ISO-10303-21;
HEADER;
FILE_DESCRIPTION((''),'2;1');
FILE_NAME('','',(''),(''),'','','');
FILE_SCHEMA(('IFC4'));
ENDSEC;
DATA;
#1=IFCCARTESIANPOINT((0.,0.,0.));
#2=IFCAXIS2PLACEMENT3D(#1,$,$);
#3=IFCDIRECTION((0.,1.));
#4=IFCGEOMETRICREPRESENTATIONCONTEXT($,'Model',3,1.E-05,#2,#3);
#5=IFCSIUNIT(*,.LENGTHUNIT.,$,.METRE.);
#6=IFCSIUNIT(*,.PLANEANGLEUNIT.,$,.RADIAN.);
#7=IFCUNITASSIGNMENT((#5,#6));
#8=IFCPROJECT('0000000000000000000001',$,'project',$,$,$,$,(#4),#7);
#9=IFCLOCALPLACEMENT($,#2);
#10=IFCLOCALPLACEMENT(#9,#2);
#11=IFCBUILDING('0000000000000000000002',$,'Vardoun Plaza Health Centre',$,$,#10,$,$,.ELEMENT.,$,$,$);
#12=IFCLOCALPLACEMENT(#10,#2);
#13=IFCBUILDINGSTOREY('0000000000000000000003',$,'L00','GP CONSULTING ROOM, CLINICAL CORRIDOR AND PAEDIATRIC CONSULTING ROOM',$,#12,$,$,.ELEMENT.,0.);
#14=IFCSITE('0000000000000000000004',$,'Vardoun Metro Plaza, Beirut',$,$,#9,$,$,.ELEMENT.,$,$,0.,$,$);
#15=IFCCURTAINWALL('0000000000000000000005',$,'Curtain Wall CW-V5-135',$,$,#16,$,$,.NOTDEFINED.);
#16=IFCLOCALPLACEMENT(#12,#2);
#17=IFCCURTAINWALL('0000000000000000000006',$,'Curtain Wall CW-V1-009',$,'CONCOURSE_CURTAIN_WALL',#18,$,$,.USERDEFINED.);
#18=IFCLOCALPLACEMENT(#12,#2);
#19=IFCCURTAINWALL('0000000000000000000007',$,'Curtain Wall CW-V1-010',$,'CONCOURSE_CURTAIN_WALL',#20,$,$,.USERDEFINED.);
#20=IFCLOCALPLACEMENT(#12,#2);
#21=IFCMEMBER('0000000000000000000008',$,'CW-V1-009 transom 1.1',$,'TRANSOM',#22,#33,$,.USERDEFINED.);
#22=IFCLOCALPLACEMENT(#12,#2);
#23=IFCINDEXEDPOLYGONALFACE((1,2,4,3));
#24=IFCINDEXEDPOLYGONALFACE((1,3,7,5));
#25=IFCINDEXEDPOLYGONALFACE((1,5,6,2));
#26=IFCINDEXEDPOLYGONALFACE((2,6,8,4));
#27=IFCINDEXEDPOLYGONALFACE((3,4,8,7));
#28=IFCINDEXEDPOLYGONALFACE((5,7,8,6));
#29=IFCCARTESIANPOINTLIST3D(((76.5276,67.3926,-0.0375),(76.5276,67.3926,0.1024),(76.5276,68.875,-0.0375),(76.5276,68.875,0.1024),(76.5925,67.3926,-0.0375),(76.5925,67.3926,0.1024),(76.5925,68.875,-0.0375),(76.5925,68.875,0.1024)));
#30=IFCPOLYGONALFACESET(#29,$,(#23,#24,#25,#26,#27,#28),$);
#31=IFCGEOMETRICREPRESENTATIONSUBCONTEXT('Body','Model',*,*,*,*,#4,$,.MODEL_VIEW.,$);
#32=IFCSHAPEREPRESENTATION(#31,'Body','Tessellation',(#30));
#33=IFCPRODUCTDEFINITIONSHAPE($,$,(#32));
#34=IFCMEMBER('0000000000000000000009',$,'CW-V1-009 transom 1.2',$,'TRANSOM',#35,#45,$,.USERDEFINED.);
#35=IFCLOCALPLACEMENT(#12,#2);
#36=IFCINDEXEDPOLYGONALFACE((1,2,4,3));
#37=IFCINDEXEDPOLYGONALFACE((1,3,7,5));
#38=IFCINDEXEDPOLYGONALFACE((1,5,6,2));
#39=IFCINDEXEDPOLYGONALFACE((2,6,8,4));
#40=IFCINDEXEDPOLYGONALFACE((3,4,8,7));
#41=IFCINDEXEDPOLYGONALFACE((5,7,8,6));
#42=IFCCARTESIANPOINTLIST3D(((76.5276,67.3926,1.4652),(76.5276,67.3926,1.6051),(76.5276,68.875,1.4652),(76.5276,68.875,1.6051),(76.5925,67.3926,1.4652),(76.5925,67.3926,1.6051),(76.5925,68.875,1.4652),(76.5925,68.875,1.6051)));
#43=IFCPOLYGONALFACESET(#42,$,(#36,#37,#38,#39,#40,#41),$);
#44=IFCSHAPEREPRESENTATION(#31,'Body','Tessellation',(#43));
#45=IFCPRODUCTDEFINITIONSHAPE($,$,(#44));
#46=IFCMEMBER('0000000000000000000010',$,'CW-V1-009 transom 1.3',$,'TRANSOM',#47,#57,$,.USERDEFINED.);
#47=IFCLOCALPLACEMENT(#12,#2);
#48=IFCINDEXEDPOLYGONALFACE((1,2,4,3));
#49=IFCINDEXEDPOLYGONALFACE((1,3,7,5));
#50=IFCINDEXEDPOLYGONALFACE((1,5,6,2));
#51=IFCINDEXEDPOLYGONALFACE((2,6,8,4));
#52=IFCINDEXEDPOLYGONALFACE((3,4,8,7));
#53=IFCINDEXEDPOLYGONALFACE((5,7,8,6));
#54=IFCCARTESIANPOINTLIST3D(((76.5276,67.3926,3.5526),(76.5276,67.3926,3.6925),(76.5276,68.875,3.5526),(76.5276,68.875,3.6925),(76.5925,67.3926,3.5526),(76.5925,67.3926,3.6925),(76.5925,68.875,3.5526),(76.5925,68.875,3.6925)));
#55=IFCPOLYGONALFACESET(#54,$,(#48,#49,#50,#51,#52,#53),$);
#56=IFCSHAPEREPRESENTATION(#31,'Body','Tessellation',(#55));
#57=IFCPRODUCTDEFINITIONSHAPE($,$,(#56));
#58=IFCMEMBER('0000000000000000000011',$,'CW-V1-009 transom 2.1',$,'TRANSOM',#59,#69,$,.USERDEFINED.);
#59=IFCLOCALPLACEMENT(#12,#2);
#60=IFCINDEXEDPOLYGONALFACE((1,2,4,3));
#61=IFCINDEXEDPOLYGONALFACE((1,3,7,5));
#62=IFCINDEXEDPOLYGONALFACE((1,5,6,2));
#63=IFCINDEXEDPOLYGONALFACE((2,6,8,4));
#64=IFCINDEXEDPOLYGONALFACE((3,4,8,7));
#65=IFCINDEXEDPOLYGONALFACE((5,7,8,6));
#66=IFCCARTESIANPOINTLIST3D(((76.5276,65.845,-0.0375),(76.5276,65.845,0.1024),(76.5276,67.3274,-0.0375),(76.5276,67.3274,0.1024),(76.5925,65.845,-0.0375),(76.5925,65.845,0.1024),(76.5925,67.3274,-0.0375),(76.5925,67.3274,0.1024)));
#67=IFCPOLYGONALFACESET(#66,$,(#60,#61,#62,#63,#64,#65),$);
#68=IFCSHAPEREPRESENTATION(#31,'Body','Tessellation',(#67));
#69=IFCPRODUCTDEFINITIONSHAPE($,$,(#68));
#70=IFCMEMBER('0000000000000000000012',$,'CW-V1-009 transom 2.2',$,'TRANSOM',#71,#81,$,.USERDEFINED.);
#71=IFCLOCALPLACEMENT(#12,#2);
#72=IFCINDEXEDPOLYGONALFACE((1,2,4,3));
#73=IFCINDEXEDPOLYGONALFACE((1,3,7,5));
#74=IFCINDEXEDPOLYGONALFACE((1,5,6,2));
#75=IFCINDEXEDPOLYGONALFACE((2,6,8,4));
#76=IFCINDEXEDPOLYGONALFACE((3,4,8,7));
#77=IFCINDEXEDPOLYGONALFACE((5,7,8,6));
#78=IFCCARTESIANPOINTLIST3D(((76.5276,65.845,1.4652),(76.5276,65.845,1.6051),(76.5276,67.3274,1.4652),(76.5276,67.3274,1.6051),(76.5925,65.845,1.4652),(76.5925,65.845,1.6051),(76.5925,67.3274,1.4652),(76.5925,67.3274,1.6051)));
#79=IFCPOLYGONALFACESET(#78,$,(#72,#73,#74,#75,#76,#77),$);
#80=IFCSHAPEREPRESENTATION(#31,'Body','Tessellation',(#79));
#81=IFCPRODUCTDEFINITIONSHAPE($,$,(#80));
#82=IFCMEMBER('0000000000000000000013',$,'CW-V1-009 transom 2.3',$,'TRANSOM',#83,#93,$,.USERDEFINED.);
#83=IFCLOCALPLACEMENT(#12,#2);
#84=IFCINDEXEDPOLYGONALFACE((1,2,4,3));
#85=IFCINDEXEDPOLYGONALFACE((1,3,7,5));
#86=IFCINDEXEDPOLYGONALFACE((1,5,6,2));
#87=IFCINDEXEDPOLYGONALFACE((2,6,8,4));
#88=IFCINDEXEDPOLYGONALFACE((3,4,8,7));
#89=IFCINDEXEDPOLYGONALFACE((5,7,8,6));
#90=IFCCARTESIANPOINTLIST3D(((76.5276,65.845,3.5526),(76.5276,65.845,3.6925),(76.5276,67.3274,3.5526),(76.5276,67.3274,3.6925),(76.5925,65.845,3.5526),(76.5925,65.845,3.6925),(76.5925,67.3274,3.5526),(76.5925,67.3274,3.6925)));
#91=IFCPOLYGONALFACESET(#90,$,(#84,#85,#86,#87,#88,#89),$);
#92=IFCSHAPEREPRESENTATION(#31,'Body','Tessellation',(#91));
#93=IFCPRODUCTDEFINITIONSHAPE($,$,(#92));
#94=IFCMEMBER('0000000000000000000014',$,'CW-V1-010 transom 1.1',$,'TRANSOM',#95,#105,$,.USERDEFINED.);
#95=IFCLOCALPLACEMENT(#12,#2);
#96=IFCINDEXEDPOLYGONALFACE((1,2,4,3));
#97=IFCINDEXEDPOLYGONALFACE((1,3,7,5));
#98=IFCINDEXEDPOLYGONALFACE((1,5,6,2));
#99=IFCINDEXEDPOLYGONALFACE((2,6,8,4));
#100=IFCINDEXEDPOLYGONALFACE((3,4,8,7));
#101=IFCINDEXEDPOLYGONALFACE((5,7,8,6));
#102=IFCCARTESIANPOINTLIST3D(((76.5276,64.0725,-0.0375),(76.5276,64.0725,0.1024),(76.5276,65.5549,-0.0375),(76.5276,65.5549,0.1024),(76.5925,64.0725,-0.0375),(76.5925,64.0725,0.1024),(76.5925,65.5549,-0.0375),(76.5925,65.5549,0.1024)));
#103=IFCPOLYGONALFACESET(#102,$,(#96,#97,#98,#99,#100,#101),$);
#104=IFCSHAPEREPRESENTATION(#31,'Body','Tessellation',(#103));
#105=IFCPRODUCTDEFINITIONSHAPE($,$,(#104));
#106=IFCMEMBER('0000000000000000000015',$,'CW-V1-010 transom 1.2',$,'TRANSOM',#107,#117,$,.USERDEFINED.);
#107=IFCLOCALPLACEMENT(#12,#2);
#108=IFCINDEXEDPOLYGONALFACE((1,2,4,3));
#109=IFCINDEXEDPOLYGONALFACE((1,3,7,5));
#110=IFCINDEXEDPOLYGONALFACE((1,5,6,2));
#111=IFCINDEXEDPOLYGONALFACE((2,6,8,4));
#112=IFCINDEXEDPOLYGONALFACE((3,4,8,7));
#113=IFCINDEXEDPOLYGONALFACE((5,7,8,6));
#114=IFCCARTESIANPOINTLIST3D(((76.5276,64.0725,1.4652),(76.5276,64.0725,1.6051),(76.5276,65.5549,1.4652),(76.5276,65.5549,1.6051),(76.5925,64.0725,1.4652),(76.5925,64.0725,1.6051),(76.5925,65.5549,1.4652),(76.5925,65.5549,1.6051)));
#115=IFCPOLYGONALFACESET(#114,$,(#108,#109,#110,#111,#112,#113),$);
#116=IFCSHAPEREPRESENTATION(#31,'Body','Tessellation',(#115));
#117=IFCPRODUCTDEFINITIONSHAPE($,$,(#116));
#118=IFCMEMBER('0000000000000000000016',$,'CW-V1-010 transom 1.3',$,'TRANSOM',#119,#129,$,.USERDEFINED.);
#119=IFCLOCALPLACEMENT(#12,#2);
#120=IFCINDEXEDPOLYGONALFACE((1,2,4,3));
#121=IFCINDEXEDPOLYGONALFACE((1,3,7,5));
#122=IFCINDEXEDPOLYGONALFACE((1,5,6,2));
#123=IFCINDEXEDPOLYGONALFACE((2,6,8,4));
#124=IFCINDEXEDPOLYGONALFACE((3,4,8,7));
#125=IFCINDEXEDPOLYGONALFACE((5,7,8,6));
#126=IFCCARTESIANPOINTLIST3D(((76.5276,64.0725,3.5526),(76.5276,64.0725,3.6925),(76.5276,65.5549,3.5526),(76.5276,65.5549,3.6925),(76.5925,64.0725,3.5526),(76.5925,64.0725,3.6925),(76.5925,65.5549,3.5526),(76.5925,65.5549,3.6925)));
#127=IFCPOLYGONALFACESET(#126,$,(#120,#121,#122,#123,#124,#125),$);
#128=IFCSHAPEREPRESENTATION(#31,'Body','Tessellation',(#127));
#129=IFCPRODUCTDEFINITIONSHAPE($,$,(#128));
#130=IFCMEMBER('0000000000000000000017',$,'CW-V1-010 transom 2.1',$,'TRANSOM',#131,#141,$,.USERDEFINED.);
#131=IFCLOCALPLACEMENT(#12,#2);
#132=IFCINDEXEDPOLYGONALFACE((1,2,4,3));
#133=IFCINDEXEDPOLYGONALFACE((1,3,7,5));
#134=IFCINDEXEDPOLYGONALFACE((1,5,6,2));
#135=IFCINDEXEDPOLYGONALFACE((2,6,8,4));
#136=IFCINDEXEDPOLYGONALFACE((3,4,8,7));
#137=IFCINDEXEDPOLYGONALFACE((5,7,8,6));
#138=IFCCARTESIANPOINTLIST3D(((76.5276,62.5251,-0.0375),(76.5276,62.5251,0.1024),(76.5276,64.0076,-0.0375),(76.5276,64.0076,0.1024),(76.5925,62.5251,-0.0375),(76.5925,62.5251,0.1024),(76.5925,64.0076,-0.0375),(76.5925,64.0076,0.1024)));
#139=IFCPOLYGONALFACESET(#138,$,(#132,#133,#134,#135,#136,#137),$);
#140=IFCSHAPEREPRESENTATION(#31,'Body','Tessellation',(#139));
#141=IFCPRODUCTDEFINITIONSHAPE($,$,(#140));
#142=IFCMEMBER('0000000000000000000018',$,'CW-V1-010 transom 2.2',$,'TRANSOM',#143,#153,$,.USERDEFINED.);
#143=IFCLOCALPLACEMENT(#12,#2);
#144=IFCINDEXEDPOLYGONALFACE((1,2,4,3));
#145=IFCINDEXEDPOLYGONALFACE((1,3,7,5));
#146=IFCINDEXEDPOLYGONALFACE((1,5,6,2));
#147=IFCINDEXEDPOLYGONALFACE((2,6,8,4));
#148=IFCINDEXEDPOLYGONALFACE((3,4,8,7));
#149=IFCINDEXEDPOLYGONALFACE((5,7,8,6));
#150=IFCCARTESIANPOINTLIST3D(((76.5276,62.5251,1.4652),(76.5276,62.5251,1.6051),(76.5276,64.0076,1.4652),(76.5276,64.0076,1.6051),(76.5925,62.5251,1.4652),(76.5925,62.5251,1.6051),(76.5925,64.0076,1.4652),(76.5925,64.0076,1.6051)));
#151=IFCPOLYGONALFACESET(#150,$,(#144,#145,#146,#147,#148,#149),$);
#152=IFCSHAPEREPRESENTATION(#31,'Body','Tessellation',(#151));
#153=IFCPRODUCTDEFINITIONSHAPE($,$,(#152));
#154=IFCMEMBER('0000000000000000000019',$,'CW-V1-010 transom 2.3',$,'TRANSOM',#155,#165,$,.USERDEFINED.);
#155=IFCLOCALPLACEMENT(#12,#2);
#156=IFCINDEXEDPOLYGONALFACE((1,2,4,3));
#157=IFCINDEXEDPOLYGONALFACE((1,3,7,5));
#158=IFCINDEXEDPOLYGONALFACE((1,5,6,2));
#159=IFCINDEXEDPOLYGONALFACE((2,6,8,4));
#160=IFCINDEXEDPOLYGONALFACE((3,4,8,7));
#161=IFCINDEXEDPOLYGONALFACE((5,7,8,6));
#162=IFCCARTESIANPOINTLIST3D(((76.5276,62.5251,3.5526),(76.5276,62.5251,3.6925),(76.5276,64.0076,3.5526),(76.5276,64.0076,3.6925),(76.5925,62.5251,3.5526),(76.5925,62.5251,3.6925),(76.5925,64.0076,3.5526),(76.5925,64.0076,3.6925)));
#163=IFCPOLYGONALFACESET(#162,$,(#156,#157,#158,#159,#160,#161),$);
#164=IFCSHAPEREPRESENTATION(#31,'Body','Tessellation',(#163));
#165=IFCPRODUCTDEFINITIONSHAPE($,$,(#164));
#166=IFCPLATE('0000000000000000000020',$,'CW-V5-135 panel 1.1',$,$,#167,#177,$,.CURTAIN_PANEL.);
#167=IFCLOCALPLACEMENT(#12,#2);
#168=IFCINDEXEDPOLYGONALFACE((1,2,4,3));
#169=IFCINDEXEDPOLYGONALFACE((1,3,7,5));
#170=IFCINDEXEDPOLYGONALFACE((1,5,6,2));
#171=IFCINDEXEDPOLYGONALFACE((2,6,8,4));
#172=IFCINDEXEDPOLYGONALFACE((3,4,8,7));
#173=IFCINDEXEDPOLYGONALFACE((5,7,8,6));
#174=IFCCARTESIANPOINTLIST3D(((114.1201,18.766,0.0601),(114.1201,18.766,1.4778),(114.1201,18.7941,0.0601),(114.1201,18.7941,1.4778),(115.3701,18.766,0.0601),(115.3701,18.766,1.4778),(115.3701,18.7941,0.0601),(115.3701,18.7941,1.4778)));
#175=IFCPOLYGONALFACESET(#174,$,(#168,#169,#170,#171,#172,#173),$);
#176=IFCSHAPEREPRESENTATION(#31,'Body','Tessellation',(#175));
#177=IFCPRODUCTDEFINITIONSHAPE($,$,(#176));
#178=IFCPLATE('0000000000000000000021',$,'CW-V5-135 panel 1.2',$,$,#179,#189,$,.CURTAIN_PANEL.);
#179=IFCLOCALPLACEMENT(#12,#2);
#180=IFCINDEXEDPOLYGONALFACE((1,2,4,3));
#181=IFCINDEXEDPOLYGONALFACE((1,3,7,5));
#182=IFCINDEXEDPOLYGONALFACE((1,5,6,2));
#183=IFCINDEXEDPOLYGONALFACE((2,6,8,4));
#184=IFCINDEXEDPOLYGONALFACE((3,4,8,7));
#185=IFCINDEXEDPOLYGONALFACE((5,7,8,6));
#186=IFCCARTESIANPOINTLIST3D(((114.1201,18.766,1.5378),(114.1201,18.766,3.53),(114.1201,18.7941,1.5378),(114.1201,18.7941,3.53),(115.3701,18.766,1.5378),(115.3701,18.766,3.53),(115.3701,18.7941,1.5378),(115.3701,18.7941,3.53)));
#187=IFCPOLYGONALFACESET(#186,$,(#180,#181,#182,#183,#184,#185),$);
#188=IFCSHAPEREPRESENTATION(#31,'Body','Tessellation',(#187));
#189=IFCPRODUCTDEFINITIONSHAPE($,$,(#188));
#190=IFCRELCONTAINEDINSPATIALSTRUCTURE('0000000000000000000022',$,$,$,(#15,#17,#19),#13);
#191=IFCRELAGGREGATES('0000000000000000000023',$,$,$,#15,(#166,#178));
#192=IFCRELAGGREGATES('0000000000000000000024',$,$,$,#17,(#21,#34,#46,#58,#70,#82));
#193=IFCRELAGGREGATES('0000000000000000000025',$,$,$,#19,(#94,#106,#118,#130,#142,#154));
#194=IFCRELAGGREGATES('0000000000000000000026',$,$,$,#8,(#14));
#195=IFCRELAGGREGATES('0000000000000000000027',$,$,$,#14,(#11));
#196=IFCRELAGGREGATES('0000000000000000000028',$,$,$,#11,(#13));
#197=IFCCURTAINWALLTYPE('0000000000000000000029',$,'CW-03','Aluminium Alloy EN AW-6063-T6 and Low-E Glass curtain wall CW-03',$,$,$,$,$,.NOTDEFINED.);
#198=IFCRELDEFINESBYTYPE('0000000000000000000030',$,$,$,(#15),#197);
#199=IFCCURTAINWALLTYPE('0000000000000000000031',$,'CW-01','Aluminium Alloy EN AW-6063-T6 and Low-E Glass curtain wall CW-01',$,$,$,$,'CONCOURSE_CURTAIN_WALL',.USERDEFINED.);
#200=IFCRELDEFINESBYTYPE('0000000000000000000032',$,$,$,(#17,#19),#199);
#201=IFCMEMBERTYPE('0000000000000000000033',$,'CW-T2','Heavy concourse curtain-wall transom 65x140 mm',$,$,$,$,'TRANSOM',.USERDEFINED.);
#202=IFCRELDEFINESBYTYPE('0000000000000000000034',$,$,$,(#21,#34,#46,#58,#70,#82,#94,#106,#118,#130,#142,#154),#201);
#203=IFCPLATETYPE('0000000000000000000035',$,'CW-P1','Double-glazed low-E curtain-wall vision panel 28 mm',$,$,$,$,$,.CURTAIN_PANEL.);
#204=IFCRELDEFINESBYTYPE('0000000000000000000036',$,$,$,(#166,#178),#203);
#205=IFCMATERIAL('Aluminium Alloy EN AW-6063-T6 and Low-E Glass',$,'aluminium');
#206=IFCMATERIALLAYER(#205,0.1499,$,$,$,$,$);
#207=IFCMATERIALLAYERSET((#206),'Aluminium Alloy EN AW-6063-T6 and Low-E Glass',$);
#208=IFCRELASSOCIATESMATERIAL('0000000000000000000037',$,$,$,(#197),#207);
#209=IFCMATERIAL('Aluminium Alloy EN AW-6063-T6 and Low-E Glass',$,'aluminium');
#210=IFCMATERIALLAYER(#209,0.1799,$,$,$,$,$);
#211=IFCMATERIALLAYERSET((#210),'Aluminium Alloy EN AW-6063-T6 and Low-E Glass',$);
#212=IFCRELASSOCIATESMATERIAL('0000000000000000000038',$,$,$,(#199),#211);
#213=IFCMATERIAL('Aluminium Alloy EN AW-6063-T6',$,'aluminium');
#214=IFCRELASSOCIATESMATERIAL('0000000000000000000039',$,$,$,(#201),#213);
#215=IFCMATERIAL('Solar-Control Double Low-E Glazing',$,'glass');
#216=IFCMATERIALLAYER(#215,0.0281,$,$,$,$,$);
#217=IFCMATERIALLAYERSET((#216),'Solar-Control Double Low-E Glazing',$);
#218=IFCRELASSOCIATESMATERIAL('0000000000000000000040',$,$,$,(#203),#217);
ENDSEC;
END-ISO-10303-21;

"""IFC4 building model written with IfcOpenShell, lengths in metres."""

from ifc_helpers import new_model, si_unit, direction, frame, origin, origin_2d, place, context, subcontext, project, spatial, rectangle, extrude, material, layer, layer_set, material_profile, profile_set, type_object, element, aggregate, save


model = new_model("IFC4")

# Units and contexts
model_context = context("Model", 3, precision=1e-05, world=origin(), true_north=direction((0.0, 1.0)))
body_context = subcontext(model_context, "Body", "Model", "MODEL_VIEW")
ifc_project = project(units=[si_unit("LENGTHUNIT", "METRE"), si_unit("PLANEANGLEUNIT", "RADIAN")], contexts=[model_context])

# Site, building, storey
site_placement = place(None, origin())
site = spatial("IfcSite", under=ifc_project, at=site_placement, Name="Vardoun Metro Plaza, Beirut", CompositionType="ELEMENT", RefElevation=0.0)
building_placement = place(site_placement, origin())
building = spatial("IfcBuilding", under=site, at=building_placement, Name="Vardoun Plaza Health Centre", CompositionType="ELEMENT")
storey_placement = place(building_placement, origin())
storey = spatial("IfcBuildingStorey", under=building, at=storey_placement, Name="L00", Description="GP CONSULTING ROOM, CLINICAL CORRIDOR AND PAEDIATRIC CONSULTING ROOM", CompositionType="ELEMENT", Elevation=0.0)

# Curtain wall
ifc_material_1 = material(Name="Aluminium Alloy EN AW-6063-T6 and Low-E Glass", Category="aluminium")
ifc_layer_1 = layer(ifc_material_1, 0.1499)
ifc_layer_set_1 = layer_set([ifc_layer_1], Name="Aluminium Alloy EN AW-6063-T6 and Low-E Glass")
curtain_wall_type_1 = type_object("IfcCurtainWallType", Name="CW-03", Description="Aluminium Alloy EN AW-6063-T6 and Low-E Glass curtain wall CW-03", PredefinedType="NOTDEFINED", material=ifc_layer_set_1)
curtain_wall_1_placement = place(storey_placement, origin())
curtain_wall_1 = element("IfcCurtainWall", 1, at=curtain_wall_1_placement, inside=storey, type_object=curtain_wall_type_1, Name="Curtain Wall CW-V5-135", PredefinedType="NOTDEFINED")
ifc_material_2 = material(Name="Aluminium Alloy EN AW-6063-T6 and Low-E Glass", Category="aluminium")
ifc_layer_2 = layer(ifc_material_2, 0.1799)
ifc_layer_set_2 = layer_set([ifc_layer_2], Name="Aluminium Alloy EN AW-6063-T6 and Low-E Glass")
curtain_wall_type_2 = type_object("IfcCurtainWallType", Name="CW-01", Description="Aluminium Alloy EN AW-6063-T6 and Low-E Glass curtain wall CW-01", ElementType="CONCOURSE_CURTAIN_WALL", PredefinedType="USERDEFINED", material=ifc_layer_set_2)

# Curtain walls
curtain_wall_2_placement = place(storey_placement, origin())
curtain_wall_2 = element("IfcCurtainWall", 2, at=curtain_wall_2_placement, inside=storey, type_object=curtain_wall_type_2, Name="Curtain Wall CW-V1-009", ObjectType="CONCOURSE_CURTAIN_WALL", PredefinedType="USERDEFINED")
curtain_wall_3_placement = place(storey_placement, origin())
curtain_wall_3 = element("IfcCurtainWall", 3, at=curtain_wall_3_placement, inside=storey, type_object=curtain_wall_type_2, Name="Curtain Wall CW-V1-010", ObjectType="CONCOURSE_CURTAIN_WALL", PredefinedType="USERDEFINED")

# Members
ifc_material_3 = material(Name="Aluminium Alloy EN AW-6063-T6", Category="aluminium")
ifc_material_profile_1 = material_profile(ifc_material_3, rectangle(XDim=0.0649, YDim=0.1399, at=origin_2d()), Name="CWT 65x140")
ifc_profile_set_1 = profile_set([ifc_material_profile_1], Name="Aluminium Alloy EN AW-6063-T6")
member_type_1 = type_object("IfcMemberType", Name="CW-T2", Description="Heavy concourse curtain-wall transom 65x140 mm", ElementType="TRANSOM", PredefinedType="USERDEFINED", material=ifc_profile_set_1)
member_1_placement = place(storey_placement, frame((76.5601, 68.875, 0.0325), z_axis=(0.0, -1.0, 0.0), x_axis=(1.0, 0.0, 0.0)))
member_1 = element("IfcMember", 4, at=member_1_placement, type_object=member_type_1, Name="CW-V1-009 transom 1.1", ObjectType="TRANSOM", PredefinedType="USERDEFINED", context=body_context, shape_type="SweptSolid", body=[
    extrude(rectangle(XDim=0.0649, YDim=0.1399, at=origin_2d()), origin(), (0.0, 0.0, 1.0), 1.4824),
])
member_2_placement = place(storey_placement, frame((76.5601, 68.875, 1.5352), z_axis=(0.0, -1.0, 0.0), x_axis=(1.0, 0.0, 0.0)))
member_2 = element("IfcMember", 5, at=member_2_placement, type_object=member_type_1, Name="CW-V1-009 transom 1.2", ObjectType="TRANSOM", PredefinedType="USERDEFINED", context=body_context, shape_type="SweptSolid", body=[
    extrude(rectangle(XDim=0.0649, YDim=0.1399, at=origin_2d()), origin(), (0.0, 0.0, 1.0), 1.4824),
])
member_3_placement = place(storey_placement, frame((76.5601, 68.875, 3.6226), z_axis=(0.0, -1.0, 0.0), x_axis=(1.0, 0.0, 0.0)))
member_3 = element("IfcMember", 6, at=member_3_placement, type_object=member_type_1, Name="CW-V1-009 transom 1.3", ObjectType="TRANSOM", PredefinedType="USERDEFINED", context=body_context, shape_type="SweptSolid", body=[
    extrude(rectangle(XDim=0.0649, YDim=0.1399, at=origin_2d()), origin(), (0.0, 0.0, 1.0), 1.4824),
])
member_4_placement = place(storey_placement, frame((76.5601, 67.3274, 0.0325), z_axis=(0.0, -1.0, 0.0), x_axis=(1.0, 0.0, 0.0)))
member_4 = element("IfcMember", 7, at=member_4_placement, type_object=member_type_1, Name="CW-V1-009 transom 2.1", ObjectType="TRANSOM", PredefinedType="USERDEFINED", context=body_context, shape_type="SweptSolid", body=[
    extrude(rectangle(XDim=0.0649, YDim=0.1399, at=origin_2d()), origin(), (0.0, 0.0, 1.0), 1.4824),
])
member_5_placement = place(storey_placement, frame((76.5601, 67.3274, 1.5352), z_axis=(0.0, -1.0, 0.0), x_axis=(1.0, 0.0, 0.0)))
member_5 = element("IfcMember", 8, at=member_5_placement, type_object=member_type_1, Name="CW-V1-009 transom 2.2", ObjectType="TRANSOM", PredefinedType="USERDEFINED", context=body_context, shape_type="SweptSolid", body=[
    extrude(rectangle(XDim=0.0649, YDim=0.1399, at=origin_2d()), origin(), (0.0, 0.0, 1.0), 1.4824),
])
member_6_placement = place(storey_placement, frame((76.5601, 67.3274, 3.6226), z_axis=(0.0, -1.0, 0.0), x_axis=(1.0, 0.0, 0.0)))
member_6 = element("IfcMember", 9, at=member_6_placement, type_object=member_type_1, Name="CW-V1-009 transom 2.3", ObjectType="TRANSOM", PredefinedType="USERDEFINED", context=body_context, shape_type="SweptSolid", body=[
    extrude(rectangle(XDim=0.0649, YDim=0.1399, at=origin_2d()), origin(), (0.0, 0.0, 1.0), 1.4824),
])
member_7_placement = place(storey_placement, frame((76.5601, 65.5549, 0.0325), z_axis=(0.0, -1.0, 0.0), x_axis=(1.0, 0.0, 0.0)))
member_7 = element("IfcMember", 10, at=member_7_placement, type_object=member_type_1, Name="CW-V1-010 transom 1.1", ObjectType="TRANSOM", PredefinedType="USERDEFINED", context=body_context, shape_type="SweptSolid", body=[
    extrude(rectangle(XDim=0.0649, YDim=0.1399, at=origin_2d()), origin(), (0.0, 0.0, 1.0), 1.4824),
])
member_8_placement = place(storey_placement, frame((76.5601, 65.5549, 1.5352), z_axis=(0.0, -1.0, 0.0), x_axis=(1.0, 0.0, 0.0)))
member_8 = element("IfcMember", 11, at=member_8_placement, type_object=member_type_1, Name="CW-V1-010 transom 1.2", ObjectType="TRANSOM", PredefinedType="USERDEFINED", context=body_context, shape_type="SweptSolid", body=[
    extrude(rectangle(XDim=0.0649, YDim=0.1399, at=origin_2d()), origin(), (0.0, 0.0, 1.0), 1.4824),
])
member_9_placement = place(storey_placement, frame((76.5601, 65.5549, 3.6226), z_axis=(0.0, -1.0, 0.0), x_axis=(1.0, 0.0, 0.0)))
member_9 = element("IfcMember", 12, at=member_9_placement, type_object=member_type_1, Name="CW-V1-010 transom 1.3", ObjectType="TRANSOM", PredefinedType="USERDEFINED", context=body_context, shape_type="SweptSolid", body=[
    extrude(rectangle(XDim=0.0649, YDim=0.1399, at=origin_2d()), origin(), (0.0, 0.0, 1.0), 1.4824),
])
member_10_placement = place(storey_placement, frame((76.5601, 64.0076, 0.0325), z_axis=(0.0, -1.0, 0.0), x_axis=(1.0, 0.0, 0.0)))
member_10 = element("IfcMember", 13, at=member_10_placement, type_object=member_type_1, Name="CW-V1-010 transom 2.1", ObjectType="TRANSOM", PredefinedType="USERDEFINED", context=body_context, shape_type="SweptSolid", body=[
    extrude(rectangle(XDim=0.0649, YDim=0.1399, at=origin_2d()), origin(), (0.0, 0.0, 1.0), 1.4824),
])
member_11_placement = place(storey_placement, frame((76.5601, 64.0076, 1.5352), z_axis=(0.0, -1.0, 0.0), x_axis=(1.0, 0.0, 0.0)))
member_11 = element("IfcMember", 14, at=member_11_placement, type_object=member_type_1, Name="CW-V1-010 transom 2.2", ObjectType="TRANSOM", PredefinedType="USERDEFINED", context=body_context, shape_type="SweptSolid", body=[
    extrude(rectangle(XDim=0.0649, YDim=0.1399, at=origin_2d()), origin(), (0.0, 0.0, 1.0), 1.4824),
])
member_12_placement = place(storey_placement, frame((76.5601, 64.0076, 3.6226), z_axis=(0.0, -1.0, 0.0), x_axis=(1.0, 0.0, 0.0)))
member_12 = element("IfcMember", 15, at=member_12_placement, type_object=member_type_1, Name="CW-V1-010 transom 2.3", ObjectType="TRANSOM", PredefinedType="USERDEFINED", context=body_context, shape_type="SweptSolid", body=[
    extrude(rectangle(XDim=0.0649, YDim=0.1399, at=origin_2d()), origin(), (0.0, 0.0, 1.0), 1.4824),
])

# Plates
ifc_material_4 = material(Name="Solar-Control Double Low-E Glazing", Category="glass")
ifc_layer_3 = layer(ifc_material_4, 0.0281)
ifc_layer_set_3 = layer_set([ifc_layer_3], Name="Solar-Control Double Low-E Glazing")
plate_type_1 = type_object("IfcPlateType", Name="CW-P1", Description="Double-glazed low-E curtain-wall vision panel 28 mm", PredefinedType="CURTAIN_PANEL", material=ifc_layer_set_3)
plate_1_placement = place(storey_placement, frame((114.7451, 18.78, 0.0601), z_axis=(0.0, 0.0, 1.0), x_axis=(1.0, 0.0, 0.0)))
plate_1 = element("IfcPlate", 16, at=plate_1_placement, type_object=plate_type_1, Name="CW-V5-135 panel 1.1", PredefinedType="CURTAIN_PANEL", context=body_context, shape_type="SweptSolid", body=[
    extrude(rectangle(XDim=1.25, YDim=0.0281, at=origin_2d()), origin(), (0.0, 0.0, 1.0), 1.4177),
])
plate_2_placement = place(storey_placement, frame((114.7451, 18.78, 1.5378), z_axis=(0.0, 0.0, 1.0), x_axis=(1.0, 0.0, 0.0)))
plate_2 = element("IfcPlate", 17, at=plate_2_placement, type_object=plate_type_1, Name="CW-V5-135 panel 1.2", PredefinedType="CURTAIN_PANEL", context=body_context, shape_type="SweptSolid", body=[
    extrude(rectangle(XDim=1.25, YDim=0.0281, at=origin_2d()), origin(), (0.0, 0.0, 1.0), 1.9922),
])
aggregate(curtain_wall_1, [plate_1, plate_2])
aggregate(curtain_wall_2, [member_1, member_2, member_3, member_4, member_5, member_6])
aggregate(curtain_wall_3, [member_7, member_8, member_9, member_10, member_11, member_12])

save(model, "model.ifc")
